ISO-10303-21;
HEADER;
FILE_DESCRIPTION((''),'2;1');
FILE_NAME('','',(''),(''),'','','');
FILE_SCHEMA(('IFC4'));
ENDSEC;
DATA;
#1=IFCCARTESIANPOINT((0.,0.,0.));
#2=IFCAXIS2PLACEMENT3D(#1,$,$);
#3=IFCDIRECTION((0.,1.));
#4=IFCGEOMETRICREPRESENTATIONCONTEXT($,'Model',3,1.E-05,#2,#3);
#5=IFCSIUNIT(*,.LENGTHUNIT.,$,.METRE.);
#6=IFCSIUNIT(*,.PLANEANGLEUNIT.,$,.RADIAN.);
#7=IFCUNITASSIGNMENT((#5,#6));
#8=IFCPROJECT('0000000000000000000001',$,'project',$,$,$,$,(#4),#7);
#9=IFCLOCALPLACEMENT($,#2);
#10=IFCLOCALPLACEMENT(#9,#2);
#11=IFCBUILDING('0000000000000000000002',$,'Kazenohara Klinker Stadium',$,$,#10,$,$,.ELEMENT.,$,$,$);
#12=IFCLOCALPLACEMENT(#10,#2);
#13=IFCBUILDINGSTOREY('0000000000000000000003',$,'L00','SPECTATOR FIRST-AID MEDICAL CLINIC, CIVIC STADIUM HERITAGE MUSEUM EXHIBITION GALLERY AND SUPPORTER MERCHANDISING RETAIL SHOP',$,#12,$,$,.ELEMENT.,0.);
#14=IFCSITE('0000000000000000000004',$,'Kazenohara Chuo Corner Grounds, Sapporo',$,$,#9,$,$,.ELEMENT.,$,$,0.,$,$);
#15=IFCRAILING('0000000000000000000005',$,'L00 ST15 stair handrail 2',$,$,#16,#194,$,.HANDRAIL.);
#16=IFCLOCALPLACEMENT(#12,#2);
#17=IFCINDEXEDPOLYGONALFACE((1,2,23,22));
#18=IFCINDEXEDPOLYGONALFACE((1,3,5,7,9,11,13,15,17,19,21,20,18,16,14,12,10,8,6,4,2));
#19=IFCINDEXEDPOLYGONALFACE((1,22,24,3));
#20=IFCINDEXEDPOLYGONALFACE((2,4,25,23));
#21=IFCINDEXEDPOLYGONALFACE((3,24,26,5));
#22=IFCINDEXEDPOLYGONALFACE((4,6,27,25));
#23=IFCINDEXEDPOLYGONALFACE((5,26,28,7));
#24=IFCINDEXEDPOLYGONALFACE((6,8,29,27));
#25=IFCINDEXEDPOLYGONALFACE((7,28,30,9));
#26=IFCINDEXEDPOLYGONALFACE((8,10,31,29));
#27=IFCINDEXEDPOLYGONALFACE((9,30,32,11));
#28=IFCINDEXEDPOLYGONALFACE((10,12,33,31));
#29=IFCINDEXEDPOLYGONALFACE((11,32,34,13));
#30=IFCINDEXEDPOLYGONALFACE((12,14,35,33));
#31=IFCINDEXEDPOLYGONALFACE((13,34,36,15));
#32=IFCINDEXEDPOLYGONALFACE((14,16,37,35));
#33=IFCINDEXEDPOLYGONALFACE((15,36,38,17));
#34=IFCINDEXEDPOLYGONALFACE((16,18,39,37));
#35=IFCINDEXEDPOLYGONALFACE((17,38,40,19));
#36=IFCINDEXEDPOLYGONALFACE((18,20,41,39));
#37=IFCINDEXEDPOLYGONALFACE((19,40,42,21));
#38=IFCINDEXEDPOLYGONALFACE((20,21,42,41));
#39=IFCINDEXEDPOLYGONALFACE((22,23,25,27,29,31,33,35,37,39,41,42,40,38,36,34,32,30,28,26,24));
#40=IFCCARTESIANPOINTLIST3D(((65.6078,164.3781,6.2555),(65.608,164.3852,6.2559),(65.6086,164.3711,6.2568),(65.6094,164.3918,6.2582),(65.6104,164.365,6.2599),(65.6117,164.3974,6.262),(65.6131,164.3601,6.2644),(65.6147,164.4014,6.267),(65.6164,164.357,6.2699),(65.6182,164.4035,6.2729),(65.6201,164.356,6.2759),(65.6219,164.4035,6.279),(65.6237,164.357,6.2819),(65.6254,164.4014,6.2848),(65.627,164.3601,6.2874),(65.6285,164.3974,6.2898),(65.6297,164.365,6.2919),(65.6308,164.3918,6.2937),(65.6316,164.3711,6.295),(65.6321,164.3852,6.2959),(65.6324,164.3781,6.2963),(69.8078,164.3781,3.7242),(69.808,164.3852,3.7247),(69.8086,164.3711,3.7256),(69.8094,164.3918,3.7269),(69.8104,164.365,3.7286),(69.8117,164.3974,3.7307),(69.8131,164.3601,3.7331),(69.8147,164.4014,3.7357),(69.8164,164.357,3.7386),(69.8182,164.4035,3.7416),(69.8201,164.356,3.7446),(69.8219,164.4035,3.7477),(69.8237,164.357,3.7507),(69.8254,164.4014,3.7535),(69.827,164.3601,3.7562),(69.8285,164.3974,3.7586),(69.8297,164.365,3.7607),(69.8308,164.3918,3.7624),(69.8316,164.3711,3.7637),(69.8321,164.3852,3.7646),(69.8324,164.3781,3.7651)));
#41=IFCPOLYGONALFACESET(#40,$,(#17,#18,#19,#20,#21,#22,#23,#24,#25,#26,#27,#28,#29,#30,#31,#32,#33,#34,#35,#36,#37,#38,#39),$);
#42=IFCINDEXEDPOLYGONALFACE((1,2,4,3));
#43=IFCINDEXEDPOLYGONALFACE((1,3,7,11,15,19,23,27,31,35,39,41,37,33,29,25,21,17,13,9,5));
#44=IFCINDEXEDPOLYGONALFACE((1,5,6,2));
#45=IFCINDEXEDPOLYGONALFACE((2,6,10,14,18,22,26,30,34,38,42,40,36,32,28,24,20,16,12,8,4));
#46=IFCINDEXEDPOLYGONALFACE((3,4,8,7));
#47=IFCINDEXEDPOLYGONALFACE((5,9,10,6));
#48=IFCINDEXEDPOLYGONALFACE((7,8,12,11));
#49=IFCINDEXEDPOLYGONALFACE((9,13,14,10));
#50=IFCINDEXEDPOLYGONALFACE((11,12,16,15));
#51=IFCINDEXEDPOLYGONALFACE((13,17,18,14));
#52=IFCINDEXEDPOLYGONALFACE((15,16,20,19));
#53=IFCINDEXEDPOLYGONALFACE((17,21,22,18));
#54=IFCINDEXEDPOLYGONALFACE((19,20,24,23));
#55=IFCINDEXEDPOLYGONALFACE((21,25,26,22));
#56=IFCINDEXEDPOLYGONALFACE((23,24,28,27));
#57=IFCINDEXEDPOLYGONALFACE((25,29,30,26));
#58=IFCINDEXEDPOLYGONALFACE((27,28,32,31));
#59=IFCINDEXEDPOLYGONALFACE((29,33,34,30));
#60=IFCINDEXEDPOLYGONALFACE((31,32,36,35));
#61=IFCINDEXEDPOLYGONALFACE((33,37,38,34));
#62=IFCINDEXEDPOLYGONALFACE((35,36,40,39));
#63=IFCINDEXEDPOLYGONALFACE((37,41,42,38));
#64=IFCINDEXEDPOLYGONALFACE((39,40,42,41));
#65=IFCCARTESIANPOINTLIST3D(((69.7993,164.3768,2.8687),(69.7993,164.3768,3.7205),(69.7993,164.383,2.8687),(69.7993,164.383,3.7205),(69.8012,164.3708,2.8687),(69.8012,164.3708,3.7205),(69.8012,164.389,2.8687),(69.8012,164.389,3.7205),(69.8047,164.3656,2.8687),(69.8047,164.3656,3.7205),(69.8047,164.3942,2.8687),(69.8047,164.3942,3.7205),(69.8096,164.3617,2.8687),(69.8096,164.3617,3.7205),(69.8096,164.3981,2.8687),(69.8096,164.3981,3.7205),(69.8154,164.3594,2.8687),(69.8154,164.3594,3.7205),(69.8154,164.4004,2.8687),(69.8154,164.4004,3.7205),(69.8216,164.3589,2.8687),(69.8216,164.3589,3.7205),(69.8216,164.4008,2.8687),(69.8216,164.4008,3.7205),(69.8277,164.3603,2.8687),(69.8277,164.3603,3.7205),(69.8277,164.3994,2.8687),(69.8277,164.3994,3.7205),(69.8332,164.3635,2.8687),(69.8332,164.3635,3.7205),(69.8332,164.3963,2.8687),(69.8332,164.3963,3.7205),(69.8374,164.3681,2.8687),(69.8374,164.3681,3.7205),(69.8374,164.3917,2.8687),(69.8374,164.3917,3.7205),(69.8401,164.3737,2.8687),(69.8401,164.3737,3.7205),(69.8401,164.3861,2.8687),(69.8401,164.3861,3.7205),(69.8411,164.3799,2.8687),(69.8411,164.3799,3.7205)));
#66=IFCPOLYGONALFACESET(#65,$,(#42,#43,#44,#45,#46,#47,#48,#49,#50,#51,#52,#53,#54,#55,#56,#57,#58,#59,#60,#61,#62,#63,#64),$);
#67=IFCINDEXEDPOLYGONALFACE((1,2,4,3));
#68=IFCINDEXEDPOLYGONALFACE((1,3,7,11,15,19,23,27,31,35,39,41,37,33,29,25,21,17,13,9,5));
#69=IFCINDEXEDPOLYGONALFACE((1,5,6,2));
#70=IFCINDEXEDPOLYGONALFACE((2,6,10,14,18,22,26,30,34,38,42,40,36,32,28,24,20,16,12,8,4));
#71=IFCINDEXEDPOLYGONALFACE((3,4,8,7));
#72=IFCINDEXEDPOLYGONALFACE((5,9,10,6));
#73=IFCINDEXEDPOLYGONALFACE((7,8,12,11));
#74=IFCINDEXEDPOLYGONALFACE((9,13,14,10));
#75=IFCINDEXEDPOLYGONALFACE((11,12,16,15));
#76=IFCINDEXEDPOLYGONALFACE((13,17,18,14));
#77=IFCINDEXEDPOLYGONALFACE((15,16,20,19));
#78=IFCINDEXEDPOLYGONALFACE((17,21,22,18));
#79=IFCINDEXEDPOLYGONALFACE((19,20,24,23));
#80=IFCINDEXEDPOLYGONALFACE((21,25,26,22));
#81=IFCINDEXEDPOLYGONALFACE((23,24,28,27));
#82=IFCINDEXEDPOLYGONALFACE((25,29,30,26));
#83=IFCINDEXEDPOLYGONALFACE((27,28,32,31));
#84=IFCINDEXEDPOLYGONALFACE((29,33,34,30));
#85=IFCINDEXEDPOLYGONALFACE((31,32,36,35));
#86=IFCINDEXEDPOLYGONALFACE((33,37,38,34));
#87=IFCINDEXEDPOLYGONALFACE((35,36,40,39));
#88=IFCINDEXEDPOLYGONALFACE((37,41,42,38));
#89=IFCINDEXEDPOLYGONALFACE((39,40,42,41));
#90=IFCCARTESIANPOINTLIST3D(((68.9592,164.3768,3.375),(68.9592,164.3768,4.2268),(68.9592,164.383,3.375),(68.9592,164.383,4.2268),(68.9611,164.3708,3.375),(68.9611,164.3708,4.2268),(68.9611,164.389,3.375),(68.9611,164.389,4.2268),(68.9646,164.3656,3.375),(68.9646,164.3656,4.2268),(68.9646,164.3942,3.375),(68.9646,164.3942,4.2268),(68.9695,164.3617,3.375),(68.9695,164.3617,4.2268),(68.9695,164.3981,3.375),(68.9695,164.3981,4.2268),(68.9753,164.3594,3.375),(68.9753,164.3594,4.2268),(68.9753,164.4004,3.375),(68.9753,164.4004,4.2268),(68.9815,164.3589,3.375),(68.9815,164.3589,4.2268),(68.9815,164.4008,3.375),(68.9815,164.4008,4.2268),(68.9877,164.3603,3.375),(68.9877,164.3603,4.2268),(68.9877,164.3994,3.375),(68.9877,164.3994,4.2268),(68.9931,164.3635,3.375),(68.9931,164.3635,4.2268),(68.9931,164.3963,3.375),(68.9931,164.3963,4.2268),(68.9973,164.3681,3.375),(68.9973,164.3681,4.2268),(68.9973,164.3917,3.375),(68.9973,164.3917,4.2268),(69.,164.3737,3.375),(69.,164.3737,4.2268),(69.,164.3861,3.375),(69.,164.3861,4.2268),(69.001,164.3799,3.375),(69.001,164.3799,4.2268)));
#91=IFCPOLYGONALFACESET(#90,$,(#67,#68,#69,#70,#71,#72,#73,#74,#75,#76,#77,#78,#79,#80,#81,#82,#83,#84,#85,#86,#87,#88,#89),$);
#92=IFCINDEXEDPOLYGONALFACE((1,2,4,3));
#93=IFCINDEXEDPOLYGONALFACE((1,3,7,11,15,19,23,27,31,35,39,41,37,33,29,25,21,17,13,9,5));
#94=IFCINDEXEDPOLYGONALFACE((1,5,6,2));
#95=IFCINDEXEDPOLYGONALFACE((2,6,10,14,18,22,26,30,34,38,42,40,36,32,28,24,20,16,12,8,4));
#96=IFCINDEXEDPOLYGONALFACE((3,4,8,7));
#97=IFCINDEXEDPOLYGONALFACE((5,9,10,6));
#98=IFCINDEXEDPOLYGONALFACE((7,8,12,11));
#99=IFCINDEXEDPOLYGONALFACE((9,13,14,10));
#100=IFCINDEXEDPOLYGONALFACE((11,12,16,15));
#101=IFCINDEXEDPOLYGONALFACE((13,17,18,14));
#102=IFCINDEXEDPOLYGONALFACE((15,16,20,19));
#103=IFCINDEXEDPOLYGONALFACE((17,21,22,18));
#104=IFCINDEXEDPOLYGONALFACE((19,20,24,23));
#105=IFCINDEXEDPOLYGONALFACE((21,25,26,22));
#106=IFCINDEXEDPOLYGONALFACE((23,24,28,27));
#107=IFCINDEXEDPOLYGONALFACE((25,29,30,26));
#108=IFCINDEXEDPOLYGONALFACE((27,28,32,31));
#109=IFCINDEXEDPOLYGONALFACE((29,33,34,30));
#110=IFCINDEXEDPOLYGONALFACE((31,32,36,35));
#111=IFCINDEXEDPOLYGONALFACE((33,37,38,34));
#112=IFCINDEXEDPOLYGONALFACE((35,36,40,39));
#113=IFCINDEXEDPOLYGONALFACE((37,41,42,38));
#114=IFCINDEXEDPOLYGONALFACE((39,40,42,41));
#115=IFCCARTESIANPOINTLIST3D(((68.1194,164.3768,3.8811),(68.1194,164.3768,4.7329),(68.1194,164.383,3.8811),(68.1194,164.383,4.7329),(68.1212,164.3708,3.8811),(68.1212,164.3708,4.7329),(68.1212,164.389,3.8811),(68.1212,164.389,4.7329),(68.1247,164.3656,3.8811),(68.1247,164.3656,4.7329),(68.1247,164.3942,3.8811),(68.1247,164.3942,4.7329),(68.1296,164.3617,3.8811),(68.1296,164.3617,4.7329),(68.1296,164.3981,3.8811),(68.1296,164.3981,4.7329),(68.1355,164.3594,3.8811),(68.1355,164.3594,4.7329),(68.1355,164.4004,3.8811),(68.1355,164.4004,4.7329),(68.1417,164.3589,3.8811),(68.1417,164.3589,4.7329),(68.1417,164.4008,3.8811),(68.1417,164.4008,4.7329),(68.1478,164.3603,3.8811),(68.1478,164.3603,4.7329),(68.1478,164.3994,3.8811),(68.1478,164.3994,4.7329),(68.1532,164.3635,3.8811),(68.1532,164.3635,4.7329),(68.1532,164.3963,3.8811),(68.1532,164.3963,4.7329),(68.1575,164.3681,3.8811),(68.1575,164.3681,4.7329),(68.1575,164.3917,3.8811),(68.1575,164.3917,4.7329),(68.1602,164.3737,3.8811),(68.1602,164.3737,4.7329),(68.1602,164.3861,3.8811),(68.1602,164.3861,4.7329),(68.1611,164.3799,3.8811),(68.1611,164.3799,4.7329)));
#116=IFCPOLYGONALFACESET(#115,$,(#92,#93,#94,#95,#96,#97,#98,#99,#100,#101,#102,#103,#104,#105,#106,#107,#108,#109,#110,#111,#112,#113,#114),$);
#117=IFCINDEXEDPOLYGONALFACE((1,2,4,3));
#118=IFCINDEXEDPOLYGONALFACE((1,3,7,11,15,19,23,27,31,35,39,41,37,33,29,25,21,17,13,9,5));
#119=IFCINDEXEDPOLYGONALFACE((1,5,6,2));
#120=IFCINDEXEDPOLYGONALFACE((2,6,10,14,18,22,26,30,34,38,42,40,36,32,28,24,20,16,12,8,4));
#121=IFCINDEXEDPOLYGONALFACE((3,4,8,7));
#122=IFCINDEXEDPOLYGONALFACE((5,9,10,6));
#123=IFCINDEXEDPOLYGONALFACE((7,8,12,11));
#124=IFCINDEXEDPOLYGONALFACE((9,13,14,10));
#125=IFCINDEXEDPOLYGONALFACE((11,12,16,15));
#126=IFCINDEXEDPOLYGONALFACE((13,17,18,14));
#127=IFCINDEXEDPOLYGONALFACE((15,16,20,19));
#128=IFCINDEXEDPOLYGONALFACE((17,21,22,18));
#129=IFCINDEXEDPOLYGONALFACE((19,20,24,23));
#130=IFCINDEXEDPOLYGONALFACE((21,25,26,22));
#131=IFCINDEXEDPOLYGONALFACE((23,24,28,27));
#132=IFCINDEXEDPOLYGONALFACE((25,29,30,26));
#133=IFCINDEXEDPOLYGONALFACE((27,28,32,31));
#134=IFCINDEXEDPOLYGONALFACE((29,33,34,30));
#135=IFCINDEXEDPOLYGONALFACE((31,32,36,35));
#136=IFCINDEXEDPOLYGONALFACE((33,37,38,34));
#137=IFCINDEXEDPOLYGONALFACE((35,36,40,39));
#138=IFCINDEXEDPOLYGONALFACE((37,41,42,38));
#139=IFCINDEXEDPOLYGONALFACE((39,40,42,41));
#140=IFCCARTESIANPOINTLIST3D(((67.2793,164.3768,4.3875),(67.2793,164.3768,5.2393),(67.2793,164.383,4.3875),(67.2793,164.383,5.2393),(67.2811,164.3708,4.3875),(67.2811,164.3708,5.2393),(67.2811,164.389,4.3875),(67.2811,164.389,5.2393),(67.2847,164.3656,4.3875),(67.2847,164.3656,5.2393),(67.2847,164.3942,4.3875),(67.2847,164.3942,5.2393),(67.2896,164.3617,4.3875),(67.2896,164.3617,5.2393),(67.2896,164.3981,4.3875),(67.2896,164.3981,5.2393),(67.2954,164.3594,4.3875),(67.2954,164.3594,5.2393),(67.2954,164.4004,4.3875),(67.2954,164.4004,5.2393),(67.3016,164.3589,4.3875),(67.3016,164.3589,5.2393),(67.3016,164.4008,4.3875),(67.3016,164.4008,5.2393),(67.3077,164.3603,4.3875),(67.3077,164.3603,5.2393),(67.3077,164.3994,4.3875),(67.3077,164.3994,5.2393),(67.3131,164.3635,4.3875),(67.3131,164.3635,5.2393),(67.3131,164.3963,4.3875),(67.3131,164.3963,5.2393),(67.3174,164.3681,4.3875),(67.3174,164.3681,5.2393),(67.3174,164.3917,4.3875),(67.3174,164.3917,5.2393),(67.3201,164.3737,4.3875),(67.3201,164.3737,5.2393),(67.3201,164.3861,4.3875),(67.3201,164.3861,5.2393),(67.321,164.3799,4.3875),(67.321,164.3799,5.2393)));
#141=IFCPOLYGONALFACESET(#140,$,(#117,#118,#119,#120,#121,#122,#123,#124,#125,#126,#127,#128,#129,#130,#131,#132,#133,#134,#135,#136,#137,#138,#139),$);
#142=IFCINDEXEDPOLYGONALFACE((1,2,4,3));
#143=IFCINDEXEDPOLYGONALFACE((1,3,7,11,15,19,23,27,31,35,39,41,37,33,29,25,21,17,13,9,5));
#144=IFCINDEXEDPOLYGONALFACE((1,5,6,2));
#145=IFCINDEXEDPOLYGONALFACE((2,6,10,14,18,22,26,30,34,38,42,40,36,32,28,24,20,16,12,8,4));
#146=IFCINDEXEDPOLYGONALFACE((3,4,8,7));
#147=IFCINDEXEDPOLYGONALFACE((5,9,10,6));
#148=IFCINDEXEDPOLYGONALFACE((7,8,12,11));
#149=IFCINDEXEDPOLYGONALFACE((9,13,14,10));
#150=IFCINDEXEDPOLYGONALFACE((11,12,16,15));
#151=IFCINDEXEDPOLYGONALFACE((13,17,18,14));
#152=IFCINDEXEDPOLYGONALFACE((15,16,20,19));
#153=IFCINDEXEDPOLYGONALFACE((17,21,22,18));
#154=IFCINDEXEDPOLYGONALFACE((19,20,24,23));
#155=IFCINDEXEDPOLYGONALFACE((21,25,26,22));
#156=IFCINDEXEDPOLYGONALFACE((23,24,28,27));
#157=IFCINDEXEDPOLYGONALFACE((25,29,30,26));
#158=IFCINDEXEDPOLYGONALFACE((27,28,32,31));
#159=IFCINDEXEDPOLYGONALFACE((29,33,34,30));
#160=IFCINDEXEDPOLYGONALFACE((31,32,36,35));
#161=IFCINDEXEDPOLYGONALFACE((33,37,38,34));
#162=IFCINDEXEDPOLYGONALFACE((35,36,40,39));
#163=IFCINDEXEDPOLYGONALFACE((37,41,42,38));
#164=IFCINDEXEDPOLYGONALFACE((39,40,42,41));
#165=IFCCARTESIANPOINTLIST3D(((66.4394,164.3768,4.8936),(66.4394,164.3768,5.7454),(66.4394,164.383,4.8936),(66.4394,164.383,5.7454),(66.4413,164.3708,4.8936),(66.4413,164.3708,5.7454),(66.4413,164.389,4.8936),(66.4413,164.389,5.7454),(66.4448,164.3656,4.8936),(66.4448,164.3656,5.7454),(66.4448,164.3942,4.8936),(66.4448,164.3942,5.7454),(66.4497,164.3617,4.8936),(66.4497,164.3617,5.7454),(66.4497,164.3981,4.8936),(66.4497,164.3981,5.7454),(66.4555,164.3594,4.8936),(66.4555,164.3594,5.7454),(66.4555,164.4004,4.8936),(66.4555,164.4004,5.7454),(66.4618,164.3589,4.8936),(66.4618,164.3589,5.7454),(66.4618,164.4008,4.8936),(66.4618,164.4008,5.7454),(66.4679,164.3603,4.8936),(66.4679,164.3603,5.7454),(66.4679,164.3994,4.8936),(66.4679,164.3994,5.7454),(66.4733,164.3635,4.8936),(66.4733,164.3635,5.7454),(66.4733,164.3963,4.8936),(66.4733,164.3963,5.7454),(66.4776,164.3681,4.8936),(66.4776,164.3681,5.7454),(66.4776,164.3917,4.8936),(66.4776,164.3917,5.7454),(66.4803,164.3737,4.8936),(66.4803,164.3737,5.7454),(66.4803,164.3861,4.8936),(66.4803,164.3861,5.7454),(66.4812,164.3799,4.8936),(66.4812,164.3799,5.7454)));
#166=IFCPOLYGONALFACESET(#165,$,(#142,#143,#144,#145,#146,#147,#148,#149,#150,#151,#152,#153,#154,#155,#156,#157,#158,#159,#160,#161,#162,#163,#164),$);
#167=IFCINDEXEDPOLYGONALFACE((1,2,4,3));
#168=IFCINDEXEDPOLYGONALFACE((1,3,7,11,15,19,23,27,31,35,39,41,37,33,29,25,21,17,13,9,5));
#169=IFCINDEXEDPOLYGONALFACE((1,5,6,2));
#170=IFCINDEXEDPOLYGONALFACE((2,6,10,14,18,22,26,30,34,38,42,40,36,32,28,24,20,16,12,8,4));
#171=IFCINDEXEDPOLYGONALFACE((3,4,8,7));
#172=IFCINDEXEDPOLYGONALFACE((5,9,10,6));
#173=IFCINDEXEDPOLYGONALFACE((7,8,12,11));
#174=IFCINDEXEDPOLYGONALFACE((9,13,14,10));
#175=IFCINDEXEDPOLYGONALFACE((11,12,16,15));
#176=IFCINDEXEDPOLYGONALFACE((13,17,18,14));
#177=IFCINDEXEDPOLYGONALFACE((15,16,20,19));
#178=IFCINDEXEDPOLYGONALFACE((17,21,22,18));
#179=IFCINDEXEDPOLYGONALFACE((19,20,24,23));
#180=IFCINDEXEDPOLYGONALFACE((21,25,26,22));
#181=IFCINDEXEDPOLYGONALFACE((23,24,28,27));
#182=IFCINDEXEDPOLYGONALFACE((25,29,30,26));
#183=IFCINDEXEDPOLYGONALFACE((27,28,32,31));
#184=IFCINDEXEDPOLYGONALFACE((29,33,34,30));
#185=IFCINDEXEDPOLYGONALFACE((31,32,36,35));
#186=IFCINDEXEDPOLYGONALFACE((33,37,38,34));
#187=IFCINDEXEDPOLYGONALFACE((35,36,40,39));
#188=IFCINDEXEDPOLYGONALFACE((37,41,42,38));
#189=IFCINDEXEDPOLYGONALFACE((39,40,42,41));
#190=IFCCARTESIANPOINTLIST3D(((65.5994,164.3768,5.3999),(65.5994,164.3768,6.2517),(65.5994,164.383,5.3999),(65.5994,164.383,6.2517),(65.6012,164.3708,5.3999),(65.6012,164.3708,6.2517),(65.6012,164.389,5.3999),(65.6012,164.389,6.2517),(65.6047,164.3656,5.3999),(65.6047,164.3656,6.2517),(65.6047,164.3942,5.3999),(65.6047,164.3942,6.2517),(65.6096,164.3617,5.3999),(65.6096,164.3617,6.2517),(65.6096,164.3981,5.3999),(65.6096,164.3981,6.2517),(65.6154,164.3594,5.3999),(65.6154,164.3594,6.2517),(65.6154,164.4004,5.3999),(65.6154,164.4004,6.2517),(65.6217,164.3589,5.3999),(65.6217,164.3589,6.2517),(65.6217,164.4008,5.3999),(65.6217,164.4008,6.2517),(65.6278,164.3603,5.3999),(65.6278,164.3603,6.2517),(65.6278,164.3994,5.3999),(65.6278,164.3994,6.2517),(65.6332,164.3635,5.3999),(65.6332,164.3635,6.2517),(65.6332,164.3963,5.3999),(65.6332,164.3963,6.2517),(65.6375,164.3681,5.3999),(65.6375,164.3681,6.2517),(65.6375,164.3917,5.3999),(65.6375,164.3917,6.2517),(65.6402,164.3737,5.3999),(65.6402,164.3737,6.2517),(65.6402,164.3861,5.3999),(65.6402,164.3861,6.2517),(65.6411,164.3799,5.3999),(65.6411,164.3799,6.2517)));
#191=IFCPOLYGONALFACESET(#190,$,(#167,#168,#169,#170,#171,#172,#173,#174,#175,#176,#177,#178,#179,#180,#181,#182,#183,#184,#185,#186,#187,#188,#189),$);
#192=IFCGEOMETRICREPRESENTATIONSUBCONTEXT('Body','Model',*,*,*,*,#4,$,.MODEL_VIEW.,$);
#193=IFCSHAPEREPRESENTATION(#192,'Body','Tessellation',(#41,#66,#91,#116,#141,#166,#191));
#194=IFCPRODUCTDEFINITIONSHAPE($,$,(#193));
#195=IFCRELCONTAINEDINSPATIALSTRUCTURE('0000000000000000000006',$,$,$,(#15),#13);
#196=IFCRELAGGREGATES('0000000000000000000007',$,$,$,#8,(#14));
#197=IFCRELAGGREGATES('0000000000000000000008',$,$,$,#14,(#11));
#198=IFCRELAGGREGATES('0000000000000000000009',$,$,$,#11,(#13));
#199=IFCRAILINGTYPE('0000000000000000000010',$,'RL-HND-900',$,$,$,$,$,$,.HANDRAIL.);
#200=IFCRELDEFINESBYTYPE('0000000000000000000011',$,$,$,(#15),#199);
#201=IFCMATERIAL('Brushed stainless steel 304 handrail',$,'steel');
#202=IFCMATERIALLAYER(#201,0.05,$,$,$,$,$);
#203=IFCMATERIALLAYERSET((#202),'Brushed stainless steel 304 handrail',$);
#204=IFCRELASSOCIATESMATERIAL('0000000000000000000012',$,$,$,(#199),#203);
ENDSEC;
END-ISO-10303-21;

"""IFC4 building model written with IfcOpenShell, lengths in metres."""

from ifc_helpers import new_model, si_unit, direction, frame, origin, origin_2d, place, context, subcontext, project, spatial, circle, extrude, material, layer, layer_set, type_object, element, save


model = new_model("IFC4")

# Units and contexts
model_context = context("Model", 3, precision=1e-05, world=origin(), true_north=direction((0.0, 1.0)))
body_context = subcontext(model_context, "Body", "Model", "MODEL_VIEW")
ifc_project = project(units=[si_unit("LENGTHUNIT", "METRE"), si_unit("PLANEANGLEUNIT", "RADIAN")], contexts=[model_context])

# Site, building, storey
site_placement = place(None, origin())
site = spatial("IfcSite", under=ifc_project, at=site_placement, Name="Kazenohara Chuo Corner Grounds, Sapporo", CompositionType="ELEMENT", RefElevation=0.0)
building_placement = place(site_placement, origin())
building = spatial("IfcBuilding", under=site, at=building_placement, Name="Kazenohara Klinker Stadium", CompositionType="ELEMENT")
storey_placement = place(building_placement, origin())
storey = spatial("IfcBuildingStorey", under=building, at=storey_placement, Name="L00", Description="SPECTATOR FIRST-AID MEDICAL CLINIC, CIVIC STADIUM HERITAGE MUSEUM EXHIBITION GALLERY AND SUPPORTER MERCHANDISING RETAIL SHOP", CompositionType="ELEMENT", Elevation=0.0)

# Railing
ifc_material_1 = material(Name="Brushed stainless steel 304 handrail", Category="steel")
ifc_layer_1 = layer(ifc_material_1, 0.05)
ifc_layer_set_1 = layer_set([ifc_layer_1], Name="Brushed stainless steel 304 handrail")
railing_type_1 = type_object("IfcRailingType", Name="RL-HND-900", PredefinedType="HANDRAIL", material=ifc_layer_set_1)
railing_1_placement = place(storey_placement, frame((69.8201, 164.3799, 2.8687)))
element("IfcRailing", 1, at=railing_1_placement, inside=storey, type_object=railing_type_1, Name="L00 ST15 stair handrail 2", PredefinedType="HANDRAIL", context=body_context, shape_type="SweptSolid", body=[
    extrude(circle(Radius=0.0239, at=origin_2d()), frame((0.0, 0.0, 0.876), z_axis=(-0.856476, 0.0, 0.516186), x_axis=(0.0, -1.0, 0.0)), (0.0, 0.0, 1.0), 4.9038),
    extrude(circle(Radius=0.021, at=origin_2d()), origin(), (0.0, 0.0, 1.0), 0.8518),
    extrude(circle(Radius=0.021, at=origin_2d()), frame((-0.8401, 0.0, 0.5063)), (0.0, 0.0, 1.0), 0.8518),
    extrude(circle(Radius=0.021, at=origin_2d()), frame((-1.6799, 0.0, 1.0125)), (0.0, 0.0, 1.0), 0.8518),
    extrude(circle(Radius=0.021, at=origin_2d()), frame((-2.52, 0.0, 1.5188)), (0.0, 0.0, 1.0), 0.8518),
    extrude(circle(Radius=0.021, at=origin_2d()), frame((-3.3599, 0.0, 2.0249)), (0.0, 0.0, 1.0), 0.8518),
    extrude(circle(Radius=0.021, at=origin_2d()), frame((-4.2, 0.0, 2.5312)), (0.0, 0.0, 1.0), 0.8518),
])

save(model, "model.ifc")
